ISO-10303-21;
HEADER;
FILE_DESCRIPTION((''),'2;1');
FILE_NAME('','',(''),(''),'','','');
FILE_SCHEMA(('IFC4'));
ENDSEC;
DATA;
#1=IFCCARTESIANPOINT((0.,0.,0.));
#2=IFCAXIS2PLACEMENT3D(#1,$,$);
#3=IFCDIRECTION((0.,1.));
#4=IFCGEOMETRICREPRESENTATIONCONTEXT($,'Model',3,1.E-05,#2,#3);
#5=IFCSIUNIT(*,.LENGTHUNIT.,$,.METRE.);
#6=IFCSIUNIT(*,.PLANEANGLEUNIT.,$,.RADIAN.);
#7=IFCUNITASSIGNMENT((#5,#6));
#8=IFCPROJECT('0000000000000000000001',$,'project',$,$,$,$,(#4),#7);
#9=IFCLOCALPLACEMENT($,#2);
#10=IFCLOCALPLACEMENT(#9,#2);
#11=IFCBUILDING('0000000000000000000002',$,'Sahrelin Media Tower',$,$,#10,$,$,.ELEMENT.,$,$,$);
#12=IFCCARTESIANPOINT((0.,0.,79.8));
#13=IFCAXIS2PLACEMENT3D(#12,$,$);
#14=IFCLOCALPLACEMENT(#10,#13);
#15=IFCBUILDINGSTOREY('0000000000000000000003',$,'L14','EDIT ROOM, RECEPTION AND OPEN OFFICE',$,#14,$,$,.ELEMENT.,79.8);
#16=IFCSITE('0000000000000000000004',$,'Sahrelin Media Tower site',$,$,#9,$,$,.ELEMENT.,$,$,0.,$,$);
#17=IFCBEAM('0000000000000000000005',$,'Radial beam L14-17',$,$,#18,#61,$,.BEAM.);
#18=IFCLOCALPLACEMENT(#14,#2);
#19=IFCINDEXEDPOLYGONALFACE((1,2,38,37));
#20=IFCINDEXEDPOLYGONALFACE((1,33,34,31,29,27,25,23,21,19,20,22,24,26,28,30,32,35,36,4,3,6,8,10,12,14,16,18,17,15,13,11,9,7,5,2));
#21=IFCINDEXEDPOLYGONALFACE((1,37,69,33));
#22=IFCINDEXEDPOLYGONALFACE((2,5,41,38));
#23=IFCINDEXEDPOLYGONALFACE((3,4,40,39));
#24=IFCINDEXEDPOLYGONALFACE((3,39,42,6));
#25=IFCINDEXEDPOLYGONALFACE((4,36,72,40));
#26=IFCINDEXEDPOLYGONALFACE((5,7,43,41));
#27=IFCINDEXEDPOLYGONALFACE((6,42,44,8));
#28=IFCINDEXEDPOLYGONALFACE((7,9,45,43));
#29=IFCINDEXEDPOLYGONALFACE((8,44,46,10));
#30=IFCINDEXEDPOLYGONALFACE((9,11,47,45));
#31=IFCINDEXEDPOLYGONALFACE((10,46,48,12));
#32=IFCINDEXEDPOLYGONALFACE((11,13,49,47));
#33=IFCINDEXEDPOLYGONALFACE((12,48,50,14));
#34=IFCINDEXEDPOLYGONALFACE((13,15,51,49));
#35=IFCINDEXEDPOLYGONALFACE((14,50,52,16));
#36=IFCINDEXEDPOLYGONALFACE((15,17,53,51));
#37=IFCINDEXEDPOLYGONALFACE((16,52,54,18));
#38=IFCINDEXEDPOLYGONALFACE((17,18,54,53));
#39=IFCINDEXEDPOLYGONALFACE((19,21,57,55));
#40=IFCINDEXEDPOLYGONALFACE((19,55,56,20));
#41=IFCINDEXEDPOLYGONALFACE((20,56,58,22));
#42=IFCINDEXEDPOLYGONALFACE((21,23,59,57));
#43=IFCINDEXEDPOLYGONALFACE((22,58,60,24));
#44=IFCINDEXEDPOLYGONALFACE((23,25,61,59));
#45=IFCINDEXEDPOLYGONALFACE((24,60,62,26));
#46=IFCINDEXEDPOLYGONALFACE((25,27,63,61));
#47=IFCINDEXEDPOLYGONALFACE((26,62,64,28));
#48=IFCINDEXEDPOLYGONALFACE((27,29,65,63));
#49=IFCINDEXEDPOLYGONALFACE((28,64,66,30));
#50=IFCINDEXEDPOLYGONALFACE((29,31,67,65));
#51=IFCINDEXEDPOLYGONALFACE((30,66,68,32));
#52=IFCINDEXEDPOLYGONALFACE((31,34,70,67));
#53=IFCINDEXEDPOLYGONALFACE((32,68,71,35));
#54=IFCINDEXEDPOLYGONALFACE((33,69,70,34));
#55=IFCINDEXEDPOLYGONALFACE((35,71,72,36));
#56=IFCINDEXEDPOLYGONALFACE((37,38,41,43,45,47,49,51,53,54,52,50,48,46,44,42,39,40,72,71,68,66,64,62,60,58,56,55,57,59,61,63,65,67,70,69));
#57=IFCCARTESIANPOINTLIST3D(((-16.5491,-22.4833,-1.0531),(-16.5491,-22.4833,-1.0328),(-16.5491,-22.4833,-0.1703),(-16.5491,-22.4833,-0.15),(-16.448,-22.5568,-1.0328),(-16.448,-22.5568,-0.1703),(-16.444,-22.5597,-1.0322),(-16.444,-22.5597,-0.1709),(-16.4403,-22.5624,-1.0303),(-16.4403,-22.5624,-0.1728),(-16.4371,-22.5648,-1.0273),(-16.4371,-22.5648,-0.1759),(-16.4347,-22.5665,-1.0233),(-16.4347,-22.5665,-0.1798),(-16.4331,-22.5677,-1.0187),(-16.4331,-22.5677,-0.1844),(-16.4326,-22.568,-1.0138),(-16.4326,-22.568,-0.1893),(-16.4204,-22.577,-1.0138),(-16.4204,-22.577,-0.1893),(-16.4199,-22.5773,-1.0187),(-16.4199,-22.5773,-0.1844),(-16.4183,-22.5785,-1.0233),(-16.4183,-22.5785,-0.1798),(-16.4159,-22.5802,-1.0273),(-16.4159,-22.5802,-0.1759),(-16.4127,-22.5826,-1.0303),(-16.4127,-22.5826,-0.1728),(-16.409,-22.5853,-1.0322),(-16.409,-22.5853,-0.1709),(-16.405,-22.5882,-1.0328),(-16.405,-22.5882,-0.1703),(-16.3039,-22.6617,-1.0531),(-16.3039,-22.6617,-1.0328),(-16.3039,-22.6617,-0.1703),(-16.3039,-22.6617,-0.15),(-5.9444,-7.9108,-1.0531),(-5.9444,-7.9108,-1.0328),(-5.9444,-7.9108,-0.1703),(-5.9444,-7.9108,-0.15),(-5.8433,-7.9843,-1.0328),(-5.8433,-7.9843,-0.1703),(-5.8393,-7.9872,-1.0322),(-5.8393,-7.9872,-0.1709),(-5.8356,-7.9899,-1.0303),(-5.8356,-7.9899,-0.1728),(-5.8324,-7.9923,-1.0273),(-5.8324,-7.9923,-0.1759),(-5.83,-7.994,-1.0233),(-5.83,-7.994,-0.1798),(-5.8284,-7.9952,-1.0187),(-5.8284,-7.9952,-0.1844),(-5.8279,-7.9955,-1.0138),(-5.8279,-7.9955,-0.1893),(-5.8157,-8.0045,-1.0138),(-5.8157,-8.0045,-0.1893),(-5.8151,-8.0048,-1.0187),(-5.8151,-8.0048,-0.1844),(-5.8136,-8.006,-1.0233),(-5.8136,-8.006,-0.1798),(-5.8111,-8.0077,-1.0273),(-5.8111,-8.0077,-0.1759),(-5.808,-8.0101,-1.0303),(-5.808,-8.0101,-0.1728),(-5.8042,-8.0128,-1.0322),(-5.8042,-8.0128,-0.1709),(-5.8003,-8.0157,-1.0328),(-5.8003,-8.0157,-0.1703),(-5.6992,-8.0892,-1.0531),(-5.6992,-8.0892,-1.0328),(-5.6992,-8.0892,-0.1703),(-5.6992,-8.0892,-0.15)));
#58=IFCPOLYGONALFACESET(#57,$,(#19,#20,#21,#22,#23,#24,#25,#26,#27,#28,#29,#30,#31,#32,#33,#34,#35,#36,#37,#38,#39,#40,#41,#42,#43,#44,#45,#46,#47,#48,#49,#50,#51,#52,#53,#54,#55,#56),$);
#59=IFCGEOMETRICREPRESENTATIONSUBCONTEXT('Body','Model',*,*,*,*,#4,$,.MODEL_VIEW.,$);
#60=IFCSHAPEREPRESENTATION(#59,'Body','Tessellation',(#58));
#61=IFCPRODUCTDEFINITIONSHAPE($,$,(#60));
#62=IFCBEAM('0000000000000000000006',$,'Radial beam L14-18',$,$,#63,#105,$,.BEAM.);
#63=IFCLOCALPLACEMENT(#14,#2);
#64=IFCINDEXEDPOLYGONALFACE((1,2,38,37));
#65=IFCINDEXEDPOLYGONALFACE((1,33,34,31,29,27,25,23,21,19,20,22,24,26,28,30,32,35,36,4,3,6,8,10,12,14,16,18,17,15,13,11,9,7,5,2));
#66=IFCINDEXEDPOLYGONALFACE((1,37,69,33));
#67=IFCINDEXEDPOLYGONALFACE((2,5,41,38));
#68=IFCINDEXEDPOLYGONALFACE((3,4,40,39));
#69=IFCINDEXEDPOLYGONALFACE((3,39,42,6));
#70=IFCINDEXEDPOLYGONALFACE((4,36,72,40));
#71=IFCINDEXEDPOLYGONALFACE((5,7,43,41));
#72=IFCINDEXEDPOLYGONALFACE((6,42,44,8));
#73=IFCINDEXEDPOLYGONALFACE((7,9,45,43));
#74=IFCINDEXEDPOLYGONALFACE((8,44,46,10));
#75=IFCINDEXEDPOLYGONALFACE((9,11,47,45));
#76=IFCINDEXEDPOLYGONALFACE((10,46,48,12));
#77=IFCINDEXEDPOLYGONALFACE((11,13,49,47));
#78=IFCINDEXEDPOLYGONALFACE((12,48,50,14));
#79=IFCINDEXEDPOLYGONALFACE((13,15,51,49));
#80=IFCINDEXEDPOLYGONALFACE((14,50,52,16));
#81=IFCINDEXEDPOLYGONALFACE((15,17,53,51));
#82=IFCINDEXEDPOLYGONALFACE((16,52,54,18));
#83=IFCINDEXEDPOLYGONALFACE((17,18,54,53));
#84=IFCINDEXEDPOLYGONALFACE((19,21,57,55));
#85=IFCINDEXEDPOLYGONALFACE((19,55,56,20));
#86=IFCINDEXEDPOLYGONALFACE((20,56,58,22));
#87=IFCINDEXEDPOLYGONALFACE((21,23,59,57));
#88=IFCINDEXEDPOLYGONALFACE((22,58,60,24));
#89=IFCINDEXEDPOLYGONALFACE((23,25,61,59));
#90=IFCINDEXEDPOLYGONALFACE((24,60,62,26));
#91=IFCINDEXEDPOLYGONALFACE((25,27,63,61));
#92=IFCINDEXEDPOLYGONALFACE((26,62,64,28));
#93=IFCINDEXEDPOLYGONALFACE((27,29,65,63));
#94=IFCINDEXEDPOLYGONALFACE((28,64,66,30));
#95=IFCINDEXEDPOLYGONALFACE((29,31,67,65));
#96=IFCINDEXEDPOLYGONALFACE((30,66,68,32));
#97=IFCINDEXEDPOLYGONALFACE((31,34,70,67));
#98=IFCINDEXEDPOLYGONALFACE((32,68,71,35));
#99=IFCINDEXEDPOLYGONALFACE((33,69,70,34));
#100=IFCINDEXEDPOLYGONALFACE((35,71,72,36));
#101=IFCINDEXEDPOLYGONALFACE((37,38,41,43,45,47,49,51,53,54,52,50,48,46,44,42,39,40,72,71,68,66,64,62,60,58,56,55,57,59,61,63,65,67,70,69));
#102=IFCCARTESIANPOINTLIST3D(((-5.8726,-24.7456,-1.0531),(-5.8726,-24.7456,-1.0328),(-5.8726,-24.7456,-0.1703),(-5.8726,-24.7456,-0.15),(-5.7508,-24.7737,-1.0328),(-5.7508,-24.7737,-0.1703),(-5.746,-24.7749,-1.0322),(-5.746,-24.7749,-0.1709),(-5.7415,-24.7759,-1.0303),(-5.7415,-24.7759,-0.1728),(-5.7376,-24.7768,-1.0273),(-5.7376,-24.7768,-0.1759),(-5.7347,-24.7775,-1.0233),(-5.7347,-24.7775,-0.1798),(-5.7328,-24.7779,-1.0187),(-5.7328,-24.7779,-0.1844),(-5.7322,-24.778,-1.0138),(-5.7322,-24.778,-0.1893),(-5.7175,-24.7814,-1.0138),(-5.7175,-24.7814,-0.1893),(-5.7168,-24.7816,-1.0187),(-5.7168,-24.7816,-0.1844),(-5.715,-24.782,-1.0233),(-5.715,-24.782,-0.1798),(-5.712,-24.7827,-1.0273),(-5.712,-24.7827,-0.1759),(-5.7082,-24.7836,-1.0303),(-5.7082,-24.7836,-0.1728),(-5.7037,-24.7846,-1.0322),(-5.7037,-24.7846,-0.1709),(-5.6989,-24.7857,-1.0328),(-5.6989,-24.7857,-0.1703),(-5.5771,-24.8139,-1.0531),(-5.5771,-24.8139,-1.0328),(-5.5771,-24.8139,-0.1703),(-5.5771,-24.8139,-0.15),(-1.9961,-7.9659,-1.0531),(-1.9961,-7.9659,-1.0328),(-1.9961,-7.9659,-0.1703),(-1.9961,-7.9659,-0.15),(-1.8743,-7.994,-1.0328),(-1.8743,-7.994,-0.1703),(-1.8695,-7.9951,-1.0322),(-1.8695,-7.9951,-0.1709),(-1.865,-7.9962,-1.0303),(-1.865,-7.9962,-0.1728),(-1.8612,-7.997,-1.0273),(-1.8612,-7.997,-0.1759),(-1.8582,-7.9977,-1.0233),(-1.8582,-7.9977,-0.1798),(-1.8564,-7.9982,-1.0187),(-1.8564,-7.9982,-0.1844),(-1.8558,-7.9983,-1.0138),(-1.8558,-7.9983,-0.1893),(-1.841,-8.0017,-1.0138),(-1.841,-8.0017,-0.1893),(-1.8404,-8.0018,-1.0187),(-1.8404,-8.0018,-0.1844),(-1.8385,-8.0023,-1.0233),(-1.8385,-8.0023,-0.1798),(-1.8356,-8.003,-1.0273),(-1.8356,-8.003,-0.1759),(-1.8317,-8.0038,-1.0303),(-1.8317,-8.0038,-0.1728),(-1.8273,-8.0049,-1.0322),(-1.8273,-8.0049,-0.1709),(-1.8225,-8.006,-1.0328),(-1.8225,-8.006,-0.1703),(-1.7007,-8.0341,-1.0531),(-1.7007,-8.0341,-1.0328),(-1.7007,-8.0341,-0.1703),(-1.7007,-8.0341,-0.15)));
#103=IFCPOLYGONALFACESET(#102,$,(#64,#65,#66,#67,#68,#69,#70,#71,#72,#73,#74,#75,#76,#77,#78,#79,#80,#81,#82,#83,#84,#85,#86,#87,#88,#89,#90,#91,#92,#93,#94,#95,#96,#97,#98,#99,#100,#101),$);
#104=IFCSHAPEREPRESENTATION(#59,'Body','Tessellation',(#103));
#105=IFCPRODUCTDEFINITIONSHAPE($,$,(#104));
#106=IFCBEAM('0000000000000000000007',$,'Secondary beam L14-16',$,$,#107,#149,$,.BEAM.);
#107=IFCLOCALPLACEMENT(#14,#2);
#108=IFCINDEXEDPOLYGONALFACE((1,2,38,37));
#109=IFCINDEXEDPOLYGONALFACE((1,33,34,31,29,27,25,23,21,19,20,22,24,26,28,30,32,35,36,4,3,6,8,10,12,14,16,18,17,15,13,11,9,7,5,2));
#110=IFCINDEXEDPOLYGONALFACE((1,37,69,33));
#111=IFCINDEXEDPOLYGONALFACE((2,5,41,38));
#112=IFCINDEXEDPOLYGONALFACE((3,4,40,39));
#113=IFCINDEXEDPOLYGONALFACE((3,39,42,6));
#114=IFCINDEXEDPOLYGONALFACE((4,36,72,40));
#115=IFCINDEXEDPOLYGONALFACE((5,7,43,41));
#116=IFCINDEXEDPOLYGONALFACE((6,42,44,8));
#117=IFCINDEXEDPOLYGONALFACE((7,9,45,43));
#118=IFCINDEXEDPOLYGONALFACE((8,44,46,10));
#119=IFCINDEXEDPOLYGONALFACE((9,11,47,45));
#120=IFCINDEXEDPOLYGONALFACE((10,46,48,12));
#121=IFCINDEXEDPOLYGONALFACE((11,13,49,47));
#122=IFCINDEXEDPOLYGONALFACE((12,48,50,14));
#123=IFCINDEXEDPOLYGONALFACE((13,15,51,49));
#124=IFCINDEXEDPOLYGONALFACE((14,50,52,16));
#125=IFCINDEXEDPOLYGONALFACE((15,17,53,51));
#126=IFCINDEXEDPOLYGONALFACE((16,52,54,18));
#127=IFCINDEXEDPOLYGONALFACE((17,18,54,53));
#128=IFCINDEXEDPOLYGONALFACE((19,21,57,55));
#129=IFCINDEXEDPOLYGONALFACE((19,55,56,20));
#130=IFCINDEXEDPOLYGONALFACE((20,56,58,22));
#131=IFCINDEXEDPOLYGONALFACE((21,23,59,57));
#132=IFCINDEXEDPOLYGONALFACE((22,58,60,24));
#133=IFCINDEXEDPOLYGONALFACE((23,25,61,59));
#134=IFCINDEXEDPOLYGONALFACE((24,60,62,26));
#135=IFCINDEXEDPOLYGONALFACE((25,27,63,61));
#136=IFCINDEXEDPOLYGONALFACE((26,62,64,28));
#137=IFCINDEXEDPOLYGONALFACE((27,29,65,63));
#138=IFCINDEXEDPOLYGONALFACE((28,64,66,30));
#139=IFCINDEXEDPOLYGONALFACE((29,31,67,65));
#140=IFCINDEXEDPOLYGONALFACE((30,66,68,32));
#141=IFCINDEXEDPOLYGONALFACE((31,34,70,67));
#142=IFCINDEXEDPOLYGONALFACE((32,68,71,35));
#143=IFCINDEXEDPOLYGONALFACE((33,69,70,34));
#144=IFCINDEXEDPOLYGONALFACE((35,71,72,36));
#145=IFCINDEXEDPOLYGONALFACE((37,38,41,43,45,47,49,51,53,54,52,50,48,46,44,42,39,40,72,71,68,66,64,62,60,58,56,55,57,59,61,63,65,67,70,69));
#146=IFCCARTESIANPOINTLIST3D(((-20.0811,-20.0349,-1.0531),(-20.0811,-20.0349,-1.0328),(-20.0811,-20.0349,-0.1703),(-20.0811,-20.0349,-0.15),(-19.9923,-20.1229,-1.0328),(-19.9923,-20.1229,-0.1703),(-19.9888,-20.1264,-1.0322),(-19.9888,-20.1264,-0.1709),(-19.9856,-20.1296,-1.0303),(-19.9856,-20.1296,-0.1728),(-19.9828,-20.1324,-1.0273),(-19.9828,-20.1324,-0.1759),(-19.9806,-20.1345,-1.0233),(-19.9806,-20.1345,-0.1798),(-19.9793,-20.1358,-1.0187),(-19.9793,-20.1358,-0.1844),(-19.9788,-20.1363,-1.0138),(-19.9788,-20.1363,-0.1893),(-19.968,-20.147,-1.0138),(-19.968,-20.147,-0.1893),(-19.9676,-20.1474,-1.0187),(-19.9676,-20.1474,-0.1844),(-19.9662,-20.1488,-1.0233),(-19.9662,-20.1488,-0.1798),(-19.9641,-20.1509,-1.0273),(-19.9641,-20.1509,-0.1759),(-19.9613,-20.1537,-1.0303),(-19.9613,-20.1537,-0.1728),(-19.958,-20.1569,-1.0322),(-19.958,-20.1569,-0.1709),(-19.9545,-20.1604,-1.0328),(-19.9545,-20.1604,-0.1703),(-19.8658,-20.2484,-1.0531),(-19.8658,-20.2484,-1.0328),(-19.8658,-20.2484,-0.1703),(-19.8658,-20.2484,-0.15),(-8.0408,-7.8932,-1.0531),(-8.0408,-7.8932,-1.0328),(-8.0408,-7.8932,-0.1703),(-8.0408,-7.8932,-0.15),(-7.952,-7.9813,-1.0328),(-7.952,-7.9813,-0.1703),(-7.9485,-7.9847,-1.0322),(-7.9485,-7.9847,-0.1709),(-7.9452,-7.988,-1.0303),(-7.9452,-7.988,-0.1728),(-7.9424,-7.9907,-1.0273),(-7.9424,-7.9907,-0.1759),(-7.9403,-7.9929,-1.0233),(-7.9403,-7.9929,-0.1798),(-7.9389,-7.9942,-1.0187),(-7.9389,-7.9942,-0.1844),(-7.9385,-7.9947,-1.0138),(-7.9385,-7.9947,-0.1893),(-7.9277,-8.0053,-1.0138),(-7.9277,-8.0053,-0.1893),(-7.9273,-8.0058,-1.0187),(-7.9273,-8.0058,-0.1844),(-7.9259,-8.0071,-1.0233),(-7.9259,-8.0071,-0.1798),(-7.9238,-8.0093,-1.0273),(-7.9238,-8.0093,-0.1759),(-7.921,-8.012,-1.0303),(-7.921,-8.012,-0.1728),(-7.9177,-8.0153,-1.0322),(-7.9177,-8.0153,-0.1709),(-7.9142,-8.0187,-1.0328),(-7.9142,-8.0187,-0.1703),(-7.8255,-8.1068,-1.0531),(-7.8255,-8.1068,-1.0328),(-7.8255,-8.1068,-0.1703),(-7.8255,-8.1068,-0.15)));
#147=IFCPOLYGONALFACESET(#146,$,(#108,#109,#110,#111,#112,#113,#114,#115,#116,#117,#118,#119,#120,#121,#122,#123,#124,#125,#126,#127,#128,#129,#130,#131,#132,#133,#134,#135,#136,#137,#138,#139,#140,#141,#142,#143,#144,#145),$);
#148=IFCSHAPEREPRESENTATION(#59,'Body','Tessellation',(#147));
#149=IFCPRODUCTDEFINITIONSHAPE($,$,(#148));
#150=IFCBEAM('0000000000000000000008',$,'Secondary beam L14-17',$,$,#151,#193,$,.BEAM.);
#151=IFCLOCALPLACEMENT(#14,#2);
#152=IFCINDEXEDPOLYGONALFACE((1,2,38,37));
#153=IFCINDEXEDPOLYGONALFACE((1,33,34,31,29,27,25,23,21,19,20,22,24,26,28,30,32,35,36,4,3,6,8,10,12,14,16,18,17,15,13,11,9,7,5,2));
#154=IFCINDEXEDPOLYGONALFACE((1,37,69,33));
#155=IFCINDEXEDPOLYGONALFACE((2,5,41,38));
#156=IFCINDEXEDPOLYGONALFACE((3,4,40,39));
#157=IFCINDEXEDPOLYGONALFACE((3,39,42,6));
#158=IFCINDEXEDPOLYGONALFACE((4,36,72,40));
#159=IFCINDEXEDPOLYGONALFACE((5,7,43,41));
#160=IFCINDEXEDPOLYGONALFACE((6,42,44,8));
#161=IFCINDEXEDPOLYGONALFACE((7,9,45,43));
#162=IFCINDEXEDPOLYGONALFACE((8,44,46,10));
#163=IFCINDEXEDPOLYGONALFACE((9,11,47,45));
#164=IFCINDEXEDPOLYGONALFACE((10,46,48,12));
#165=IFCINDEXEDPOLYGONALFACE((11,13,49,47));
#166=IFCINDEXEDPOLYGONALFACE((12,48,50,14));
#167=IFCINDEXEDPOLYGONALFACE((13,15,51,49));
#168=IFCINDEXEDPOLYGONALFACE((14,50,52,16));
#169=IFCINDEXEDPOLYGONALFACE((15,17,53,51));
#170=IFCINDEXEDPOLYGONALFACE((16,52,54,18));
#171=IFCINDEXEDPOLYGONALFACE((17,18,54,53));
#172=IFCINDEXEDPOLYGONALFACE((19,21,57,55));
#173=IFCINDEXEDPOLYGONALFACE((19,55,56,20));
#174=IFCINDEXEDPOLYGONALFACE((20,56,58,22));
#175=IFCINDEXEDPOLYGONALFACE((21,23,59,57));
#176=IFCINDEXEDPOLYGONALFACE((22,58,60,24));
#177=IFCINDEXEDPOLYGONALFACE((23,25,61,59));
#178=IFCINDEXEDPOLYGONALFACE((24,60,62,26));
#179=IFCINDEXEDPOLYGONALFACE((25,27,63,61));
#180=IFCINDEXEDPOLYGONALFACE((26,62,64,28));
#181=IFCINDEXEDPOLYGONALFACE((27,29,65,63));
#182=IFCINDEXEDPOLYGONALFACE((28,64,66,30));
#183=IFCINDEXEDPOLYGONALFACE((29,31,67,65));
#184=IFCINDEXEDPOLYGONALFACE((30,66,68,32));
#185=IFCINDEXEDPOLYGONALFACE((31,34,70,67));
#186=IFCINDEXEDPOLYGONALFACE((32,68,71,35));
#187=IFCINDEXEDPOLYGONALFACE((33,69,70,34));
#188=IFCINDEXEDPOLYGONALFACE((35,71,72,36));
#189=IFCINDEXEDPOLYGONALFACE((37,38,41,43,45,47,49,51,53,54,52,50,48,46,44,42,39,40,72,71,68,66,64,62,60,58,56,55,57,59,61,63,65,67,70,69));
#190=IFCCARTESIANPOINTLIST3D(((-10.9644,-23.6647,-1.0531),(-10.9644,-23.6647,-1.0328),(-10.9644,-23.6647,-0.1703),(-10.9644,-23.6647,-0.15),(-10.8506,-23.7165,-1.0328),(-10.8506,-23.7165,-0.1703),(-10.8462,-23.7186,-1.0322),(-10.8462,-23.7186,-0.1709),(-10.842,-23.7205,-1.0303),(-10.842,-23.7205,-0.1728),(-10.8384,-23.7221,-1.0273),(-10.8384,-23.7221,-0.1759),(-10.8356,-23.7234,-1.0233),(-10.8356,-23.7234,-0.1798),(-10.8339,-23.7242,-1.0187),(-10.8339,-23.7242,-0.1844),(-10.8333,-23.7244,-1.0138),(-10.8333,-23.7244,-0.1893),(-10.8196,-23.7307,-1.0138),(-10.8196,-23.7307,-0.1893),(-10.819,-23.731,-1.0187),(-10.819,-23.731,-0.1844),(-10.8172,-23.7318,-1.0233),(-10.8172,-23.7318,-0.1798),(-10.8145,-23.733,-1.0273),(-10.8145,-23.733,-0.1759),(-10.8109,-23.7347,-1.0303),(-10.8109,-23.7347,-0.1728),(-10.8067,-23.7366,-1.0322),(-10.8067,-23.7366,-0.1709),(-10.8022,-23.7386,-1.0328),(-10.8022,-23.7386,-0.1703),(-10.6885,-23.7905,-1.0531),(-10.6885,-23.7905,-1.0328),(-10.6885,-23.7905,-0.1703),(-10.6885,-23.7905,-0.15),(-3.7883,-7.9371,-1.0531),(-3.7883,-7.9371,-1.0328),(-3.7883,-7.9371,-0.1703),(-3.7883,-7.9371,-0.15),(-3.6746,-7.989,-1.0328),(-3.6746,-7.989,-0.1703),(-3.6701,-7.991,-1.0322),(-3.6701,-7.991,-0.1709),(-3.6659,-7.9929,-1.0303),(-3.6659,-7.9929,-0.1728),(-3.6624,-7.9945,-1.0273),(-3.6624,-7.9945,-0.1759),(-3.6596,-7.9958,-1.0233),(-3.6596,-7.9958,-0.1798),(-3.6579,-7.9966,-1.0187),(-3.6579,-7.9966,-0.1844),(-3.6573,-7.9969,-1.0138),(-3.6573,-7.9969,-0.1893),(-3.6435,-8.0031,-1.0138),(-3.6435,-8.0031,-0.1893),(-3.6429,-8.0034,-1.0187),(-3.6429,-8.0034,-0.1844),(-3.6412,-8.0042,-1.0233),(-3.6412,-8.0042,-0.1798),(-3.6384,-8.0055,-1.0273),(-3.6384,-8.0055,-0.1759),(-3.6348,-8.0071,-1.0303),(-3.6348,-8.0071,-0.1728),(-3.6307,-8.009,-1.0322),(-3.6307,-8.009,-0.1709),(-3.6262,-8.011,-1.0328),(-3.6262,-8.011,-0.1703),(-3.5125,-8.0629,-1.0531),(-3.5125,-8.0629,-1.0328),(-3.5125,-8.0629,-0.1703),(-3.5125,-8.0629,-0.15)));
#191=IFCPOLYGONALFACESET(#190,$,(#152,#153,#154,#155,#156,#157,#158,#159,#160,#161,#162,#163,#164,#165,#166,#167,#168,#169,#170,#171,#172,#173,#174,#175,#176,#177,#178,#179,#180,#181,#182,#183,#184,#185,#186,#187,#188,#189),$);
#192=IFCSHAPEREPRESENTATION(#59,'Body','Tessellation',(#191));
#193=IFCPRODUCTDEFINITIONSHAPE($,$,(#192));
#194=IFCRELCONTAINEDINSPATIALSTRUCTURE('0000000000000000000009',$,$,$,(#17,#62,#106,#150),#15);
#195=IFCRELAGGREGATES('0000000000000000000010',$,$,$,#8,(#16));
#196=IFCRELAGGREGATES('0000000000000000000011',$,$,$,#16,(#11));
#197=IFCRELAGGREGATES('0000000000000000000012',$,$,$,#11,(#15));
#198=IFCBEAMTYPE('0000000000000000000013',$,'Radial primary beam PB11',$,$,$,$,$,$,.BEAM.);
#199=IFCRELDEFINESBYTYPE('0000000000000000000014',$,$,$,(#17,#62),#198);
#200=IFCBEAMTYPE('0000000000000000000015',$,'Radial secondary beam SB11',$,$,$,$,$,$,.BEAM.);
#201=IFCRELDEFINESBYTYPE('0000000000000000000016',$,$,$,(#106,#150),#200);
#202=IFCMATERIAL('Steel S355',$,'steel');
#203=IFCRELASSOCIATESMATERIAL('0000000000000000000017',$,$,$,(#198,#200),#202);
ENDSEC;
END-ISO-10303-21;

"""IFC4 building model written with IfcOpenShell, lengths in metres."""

from ifc_helpers import new_model, si_unit, direction, frame, origin, origin_2d, place, context, subcontext, project, spatial, i_section, extrude, material, material_profile, profile_set, type_object, element, save


model = new_model("IFC4")

# Units and contexts
model_context = context("Model", 3, precision=1e-05, world=origin(), true_north=direction((0.0, 1.0)))
body_context = subcontext(model_context, "Body", "Model", "MODEL_VIEW")
ifc_project = project(units=[si_unit("LENGTHUNIT", "METRE"), si_unit("PLANEANGLEUNIT", "RADIAN")], contexts=[model_context])

# Site, building, storey
site_placement = place(None, origin())
site = spatial("IfcSite", under=ifc_project, at=site_placement, Name="Sahrelin Media Tower site", CompositionType="ELEMENT", RefElevation=0.0)
building_placement = place(site_placement, origin())
building = spatial("IfcBuilding", under=site, at=building_placement, Name="Sahrelin Media Tower", CompositionType="ELEMENT")
storey_placement = place(building_placement, frame((0.0, 0.0, 79.8)))
storey = spatial("IfcBuildingStorey", under=building, at=storey_placement, Name="L14", Description="EDIT ROOM, RECEPTION AND OPEN OFFICE", CompositionType="ELEMENT", Elevation=79.8)

# Beams
ifc_material_1 = material(Name="Steel S355", Category="steel")
ifc_material_profile_1 = material_profile(ifc_material_1, i_section(OverallWidth=0.3032, OverallDepth=0.9031, WebThickness=0.0151, FlangeThickness=0.0203, FilletRadius=0.019, at=origin_2d()), Name="UB 914x305x201")
ifc_profile_set_1 = profile_set([ifc_material_profile_1], Name="Steel S355")
beam_type_1 = type_object("IfcBeamType", Name="Radial primary beam PB11", PredefinedType="BEAM", material=ifc_profile_set_1)
beam_1_placement = place(storey_placement, frame((-5.8218, -8.0, -0.6016), z_axis=(-0.588409, -0.808563, 0.0), x_axis=(0.808563, -0.588409, 0.0)))
element("IfcBeam", 1, at=beam_1_placement, inside=storey, type_object=beam_type_1, Name="Radial beam L14-17", PredefinedType="BEAM", context=body_context, shape_type="SweptSolid", body=[
    extrude(i_section(OverallWidth=0.3032, OverallDepth=0.9031, WebThickness=0.0151, FlangeThickness=0.0203, FilletRadius=0.019, at=origin_2d()), origin(), (0.0, 0.0, 1.0), 18.0227),
])
beam_2_placement = place(storey_placement, frame((-1.8484, -8.0, -0.6016), z_axis=(-0.225091, -0.974338, 0.0), x_axis=(0.974338, -0.225091, 0.0)))
element("IfcBeam", 2, at=beam_2_placement, inside=storey, type_object=beam_type_1, Name="Radial beam L14-18", PredefinedType="BEAM", context=body_context, shape_type="SweptSolid", body=[
    extrude(i_section(OverallWidth=0.3032, OverallDepth=0.9031, WebThickness=0.0151, FlangeThickness=0.0203, FilletRadius=0.019, at=origin_2d()), origin(), (0.0, 0.0, 1.0), 17.2217),
])
ifc_material_profile_2 = material_profile(ifc_material_1, i_section(OverallWidth=0.3032, OverallDepth=0.9031, WebThickness=0.0151, FlangeThickness=0.0203, FilletRadius=0.019, at=origin_2d()), Name="UB 914x305x201")
ifc_profile_set_2 = profile_set([ifc_material_profile_2], Name="Steel S355")
beam_type_2 = type_object("IfcBeamType", Name="Radial secondary beam SB11", PredefinedType="BEAM", material=ifc_profile_set_2)
beam_3_placement = place(storey_placement, frame((-7.9331, -8.0, -0.6016), z_axis=(-0.704138, -0.710063, 0.0), x_axis=(0.710063, -0.704138, 0.0)))
element("IfcBeam", 3, at=beam_3_placement, inside=storey, type_object=beam_type_2, Name="Secondary beam L14-16", PredefinedType="BEAM", context=body_context, shape_type="SweptSolid", body=[
    extrude(i_section(OverallWidth=0.3032, OverallDepth=0.9031, WebThickness=0.0151, FlangeThickness=0.0203, FilletRadius=0.019, at=origin_2d()), origin(), (0.0, 0.0, 1.0), 17.0994),
])
beam_4_placement = place(storey_placement, frame((-3.6504, -8.0, -0.6016), z_axis=(-0.415104, -0.909774, 0.0), x_axis=(0.909774, -0.415104, 0.0)))
element("IfcBeam", 4, at=beam_4_placement, inside=storey, type_object=beam_type_2, Name="Secondary beam L14-17", PredefinedType="BEAM", context=body_context, shape_type="SweptSolid", body=[
    extrude(i_section(OverallWidth=0.3032, OverallDepth=0.9031, WebThickness=0.0151, FlangeThickness=0.0203, FilletRadius=0.019, at=origin_2d()), origin(), (0.0, 0.0, 1.0), 17.2874),
])

save(model, "model.ifc")
